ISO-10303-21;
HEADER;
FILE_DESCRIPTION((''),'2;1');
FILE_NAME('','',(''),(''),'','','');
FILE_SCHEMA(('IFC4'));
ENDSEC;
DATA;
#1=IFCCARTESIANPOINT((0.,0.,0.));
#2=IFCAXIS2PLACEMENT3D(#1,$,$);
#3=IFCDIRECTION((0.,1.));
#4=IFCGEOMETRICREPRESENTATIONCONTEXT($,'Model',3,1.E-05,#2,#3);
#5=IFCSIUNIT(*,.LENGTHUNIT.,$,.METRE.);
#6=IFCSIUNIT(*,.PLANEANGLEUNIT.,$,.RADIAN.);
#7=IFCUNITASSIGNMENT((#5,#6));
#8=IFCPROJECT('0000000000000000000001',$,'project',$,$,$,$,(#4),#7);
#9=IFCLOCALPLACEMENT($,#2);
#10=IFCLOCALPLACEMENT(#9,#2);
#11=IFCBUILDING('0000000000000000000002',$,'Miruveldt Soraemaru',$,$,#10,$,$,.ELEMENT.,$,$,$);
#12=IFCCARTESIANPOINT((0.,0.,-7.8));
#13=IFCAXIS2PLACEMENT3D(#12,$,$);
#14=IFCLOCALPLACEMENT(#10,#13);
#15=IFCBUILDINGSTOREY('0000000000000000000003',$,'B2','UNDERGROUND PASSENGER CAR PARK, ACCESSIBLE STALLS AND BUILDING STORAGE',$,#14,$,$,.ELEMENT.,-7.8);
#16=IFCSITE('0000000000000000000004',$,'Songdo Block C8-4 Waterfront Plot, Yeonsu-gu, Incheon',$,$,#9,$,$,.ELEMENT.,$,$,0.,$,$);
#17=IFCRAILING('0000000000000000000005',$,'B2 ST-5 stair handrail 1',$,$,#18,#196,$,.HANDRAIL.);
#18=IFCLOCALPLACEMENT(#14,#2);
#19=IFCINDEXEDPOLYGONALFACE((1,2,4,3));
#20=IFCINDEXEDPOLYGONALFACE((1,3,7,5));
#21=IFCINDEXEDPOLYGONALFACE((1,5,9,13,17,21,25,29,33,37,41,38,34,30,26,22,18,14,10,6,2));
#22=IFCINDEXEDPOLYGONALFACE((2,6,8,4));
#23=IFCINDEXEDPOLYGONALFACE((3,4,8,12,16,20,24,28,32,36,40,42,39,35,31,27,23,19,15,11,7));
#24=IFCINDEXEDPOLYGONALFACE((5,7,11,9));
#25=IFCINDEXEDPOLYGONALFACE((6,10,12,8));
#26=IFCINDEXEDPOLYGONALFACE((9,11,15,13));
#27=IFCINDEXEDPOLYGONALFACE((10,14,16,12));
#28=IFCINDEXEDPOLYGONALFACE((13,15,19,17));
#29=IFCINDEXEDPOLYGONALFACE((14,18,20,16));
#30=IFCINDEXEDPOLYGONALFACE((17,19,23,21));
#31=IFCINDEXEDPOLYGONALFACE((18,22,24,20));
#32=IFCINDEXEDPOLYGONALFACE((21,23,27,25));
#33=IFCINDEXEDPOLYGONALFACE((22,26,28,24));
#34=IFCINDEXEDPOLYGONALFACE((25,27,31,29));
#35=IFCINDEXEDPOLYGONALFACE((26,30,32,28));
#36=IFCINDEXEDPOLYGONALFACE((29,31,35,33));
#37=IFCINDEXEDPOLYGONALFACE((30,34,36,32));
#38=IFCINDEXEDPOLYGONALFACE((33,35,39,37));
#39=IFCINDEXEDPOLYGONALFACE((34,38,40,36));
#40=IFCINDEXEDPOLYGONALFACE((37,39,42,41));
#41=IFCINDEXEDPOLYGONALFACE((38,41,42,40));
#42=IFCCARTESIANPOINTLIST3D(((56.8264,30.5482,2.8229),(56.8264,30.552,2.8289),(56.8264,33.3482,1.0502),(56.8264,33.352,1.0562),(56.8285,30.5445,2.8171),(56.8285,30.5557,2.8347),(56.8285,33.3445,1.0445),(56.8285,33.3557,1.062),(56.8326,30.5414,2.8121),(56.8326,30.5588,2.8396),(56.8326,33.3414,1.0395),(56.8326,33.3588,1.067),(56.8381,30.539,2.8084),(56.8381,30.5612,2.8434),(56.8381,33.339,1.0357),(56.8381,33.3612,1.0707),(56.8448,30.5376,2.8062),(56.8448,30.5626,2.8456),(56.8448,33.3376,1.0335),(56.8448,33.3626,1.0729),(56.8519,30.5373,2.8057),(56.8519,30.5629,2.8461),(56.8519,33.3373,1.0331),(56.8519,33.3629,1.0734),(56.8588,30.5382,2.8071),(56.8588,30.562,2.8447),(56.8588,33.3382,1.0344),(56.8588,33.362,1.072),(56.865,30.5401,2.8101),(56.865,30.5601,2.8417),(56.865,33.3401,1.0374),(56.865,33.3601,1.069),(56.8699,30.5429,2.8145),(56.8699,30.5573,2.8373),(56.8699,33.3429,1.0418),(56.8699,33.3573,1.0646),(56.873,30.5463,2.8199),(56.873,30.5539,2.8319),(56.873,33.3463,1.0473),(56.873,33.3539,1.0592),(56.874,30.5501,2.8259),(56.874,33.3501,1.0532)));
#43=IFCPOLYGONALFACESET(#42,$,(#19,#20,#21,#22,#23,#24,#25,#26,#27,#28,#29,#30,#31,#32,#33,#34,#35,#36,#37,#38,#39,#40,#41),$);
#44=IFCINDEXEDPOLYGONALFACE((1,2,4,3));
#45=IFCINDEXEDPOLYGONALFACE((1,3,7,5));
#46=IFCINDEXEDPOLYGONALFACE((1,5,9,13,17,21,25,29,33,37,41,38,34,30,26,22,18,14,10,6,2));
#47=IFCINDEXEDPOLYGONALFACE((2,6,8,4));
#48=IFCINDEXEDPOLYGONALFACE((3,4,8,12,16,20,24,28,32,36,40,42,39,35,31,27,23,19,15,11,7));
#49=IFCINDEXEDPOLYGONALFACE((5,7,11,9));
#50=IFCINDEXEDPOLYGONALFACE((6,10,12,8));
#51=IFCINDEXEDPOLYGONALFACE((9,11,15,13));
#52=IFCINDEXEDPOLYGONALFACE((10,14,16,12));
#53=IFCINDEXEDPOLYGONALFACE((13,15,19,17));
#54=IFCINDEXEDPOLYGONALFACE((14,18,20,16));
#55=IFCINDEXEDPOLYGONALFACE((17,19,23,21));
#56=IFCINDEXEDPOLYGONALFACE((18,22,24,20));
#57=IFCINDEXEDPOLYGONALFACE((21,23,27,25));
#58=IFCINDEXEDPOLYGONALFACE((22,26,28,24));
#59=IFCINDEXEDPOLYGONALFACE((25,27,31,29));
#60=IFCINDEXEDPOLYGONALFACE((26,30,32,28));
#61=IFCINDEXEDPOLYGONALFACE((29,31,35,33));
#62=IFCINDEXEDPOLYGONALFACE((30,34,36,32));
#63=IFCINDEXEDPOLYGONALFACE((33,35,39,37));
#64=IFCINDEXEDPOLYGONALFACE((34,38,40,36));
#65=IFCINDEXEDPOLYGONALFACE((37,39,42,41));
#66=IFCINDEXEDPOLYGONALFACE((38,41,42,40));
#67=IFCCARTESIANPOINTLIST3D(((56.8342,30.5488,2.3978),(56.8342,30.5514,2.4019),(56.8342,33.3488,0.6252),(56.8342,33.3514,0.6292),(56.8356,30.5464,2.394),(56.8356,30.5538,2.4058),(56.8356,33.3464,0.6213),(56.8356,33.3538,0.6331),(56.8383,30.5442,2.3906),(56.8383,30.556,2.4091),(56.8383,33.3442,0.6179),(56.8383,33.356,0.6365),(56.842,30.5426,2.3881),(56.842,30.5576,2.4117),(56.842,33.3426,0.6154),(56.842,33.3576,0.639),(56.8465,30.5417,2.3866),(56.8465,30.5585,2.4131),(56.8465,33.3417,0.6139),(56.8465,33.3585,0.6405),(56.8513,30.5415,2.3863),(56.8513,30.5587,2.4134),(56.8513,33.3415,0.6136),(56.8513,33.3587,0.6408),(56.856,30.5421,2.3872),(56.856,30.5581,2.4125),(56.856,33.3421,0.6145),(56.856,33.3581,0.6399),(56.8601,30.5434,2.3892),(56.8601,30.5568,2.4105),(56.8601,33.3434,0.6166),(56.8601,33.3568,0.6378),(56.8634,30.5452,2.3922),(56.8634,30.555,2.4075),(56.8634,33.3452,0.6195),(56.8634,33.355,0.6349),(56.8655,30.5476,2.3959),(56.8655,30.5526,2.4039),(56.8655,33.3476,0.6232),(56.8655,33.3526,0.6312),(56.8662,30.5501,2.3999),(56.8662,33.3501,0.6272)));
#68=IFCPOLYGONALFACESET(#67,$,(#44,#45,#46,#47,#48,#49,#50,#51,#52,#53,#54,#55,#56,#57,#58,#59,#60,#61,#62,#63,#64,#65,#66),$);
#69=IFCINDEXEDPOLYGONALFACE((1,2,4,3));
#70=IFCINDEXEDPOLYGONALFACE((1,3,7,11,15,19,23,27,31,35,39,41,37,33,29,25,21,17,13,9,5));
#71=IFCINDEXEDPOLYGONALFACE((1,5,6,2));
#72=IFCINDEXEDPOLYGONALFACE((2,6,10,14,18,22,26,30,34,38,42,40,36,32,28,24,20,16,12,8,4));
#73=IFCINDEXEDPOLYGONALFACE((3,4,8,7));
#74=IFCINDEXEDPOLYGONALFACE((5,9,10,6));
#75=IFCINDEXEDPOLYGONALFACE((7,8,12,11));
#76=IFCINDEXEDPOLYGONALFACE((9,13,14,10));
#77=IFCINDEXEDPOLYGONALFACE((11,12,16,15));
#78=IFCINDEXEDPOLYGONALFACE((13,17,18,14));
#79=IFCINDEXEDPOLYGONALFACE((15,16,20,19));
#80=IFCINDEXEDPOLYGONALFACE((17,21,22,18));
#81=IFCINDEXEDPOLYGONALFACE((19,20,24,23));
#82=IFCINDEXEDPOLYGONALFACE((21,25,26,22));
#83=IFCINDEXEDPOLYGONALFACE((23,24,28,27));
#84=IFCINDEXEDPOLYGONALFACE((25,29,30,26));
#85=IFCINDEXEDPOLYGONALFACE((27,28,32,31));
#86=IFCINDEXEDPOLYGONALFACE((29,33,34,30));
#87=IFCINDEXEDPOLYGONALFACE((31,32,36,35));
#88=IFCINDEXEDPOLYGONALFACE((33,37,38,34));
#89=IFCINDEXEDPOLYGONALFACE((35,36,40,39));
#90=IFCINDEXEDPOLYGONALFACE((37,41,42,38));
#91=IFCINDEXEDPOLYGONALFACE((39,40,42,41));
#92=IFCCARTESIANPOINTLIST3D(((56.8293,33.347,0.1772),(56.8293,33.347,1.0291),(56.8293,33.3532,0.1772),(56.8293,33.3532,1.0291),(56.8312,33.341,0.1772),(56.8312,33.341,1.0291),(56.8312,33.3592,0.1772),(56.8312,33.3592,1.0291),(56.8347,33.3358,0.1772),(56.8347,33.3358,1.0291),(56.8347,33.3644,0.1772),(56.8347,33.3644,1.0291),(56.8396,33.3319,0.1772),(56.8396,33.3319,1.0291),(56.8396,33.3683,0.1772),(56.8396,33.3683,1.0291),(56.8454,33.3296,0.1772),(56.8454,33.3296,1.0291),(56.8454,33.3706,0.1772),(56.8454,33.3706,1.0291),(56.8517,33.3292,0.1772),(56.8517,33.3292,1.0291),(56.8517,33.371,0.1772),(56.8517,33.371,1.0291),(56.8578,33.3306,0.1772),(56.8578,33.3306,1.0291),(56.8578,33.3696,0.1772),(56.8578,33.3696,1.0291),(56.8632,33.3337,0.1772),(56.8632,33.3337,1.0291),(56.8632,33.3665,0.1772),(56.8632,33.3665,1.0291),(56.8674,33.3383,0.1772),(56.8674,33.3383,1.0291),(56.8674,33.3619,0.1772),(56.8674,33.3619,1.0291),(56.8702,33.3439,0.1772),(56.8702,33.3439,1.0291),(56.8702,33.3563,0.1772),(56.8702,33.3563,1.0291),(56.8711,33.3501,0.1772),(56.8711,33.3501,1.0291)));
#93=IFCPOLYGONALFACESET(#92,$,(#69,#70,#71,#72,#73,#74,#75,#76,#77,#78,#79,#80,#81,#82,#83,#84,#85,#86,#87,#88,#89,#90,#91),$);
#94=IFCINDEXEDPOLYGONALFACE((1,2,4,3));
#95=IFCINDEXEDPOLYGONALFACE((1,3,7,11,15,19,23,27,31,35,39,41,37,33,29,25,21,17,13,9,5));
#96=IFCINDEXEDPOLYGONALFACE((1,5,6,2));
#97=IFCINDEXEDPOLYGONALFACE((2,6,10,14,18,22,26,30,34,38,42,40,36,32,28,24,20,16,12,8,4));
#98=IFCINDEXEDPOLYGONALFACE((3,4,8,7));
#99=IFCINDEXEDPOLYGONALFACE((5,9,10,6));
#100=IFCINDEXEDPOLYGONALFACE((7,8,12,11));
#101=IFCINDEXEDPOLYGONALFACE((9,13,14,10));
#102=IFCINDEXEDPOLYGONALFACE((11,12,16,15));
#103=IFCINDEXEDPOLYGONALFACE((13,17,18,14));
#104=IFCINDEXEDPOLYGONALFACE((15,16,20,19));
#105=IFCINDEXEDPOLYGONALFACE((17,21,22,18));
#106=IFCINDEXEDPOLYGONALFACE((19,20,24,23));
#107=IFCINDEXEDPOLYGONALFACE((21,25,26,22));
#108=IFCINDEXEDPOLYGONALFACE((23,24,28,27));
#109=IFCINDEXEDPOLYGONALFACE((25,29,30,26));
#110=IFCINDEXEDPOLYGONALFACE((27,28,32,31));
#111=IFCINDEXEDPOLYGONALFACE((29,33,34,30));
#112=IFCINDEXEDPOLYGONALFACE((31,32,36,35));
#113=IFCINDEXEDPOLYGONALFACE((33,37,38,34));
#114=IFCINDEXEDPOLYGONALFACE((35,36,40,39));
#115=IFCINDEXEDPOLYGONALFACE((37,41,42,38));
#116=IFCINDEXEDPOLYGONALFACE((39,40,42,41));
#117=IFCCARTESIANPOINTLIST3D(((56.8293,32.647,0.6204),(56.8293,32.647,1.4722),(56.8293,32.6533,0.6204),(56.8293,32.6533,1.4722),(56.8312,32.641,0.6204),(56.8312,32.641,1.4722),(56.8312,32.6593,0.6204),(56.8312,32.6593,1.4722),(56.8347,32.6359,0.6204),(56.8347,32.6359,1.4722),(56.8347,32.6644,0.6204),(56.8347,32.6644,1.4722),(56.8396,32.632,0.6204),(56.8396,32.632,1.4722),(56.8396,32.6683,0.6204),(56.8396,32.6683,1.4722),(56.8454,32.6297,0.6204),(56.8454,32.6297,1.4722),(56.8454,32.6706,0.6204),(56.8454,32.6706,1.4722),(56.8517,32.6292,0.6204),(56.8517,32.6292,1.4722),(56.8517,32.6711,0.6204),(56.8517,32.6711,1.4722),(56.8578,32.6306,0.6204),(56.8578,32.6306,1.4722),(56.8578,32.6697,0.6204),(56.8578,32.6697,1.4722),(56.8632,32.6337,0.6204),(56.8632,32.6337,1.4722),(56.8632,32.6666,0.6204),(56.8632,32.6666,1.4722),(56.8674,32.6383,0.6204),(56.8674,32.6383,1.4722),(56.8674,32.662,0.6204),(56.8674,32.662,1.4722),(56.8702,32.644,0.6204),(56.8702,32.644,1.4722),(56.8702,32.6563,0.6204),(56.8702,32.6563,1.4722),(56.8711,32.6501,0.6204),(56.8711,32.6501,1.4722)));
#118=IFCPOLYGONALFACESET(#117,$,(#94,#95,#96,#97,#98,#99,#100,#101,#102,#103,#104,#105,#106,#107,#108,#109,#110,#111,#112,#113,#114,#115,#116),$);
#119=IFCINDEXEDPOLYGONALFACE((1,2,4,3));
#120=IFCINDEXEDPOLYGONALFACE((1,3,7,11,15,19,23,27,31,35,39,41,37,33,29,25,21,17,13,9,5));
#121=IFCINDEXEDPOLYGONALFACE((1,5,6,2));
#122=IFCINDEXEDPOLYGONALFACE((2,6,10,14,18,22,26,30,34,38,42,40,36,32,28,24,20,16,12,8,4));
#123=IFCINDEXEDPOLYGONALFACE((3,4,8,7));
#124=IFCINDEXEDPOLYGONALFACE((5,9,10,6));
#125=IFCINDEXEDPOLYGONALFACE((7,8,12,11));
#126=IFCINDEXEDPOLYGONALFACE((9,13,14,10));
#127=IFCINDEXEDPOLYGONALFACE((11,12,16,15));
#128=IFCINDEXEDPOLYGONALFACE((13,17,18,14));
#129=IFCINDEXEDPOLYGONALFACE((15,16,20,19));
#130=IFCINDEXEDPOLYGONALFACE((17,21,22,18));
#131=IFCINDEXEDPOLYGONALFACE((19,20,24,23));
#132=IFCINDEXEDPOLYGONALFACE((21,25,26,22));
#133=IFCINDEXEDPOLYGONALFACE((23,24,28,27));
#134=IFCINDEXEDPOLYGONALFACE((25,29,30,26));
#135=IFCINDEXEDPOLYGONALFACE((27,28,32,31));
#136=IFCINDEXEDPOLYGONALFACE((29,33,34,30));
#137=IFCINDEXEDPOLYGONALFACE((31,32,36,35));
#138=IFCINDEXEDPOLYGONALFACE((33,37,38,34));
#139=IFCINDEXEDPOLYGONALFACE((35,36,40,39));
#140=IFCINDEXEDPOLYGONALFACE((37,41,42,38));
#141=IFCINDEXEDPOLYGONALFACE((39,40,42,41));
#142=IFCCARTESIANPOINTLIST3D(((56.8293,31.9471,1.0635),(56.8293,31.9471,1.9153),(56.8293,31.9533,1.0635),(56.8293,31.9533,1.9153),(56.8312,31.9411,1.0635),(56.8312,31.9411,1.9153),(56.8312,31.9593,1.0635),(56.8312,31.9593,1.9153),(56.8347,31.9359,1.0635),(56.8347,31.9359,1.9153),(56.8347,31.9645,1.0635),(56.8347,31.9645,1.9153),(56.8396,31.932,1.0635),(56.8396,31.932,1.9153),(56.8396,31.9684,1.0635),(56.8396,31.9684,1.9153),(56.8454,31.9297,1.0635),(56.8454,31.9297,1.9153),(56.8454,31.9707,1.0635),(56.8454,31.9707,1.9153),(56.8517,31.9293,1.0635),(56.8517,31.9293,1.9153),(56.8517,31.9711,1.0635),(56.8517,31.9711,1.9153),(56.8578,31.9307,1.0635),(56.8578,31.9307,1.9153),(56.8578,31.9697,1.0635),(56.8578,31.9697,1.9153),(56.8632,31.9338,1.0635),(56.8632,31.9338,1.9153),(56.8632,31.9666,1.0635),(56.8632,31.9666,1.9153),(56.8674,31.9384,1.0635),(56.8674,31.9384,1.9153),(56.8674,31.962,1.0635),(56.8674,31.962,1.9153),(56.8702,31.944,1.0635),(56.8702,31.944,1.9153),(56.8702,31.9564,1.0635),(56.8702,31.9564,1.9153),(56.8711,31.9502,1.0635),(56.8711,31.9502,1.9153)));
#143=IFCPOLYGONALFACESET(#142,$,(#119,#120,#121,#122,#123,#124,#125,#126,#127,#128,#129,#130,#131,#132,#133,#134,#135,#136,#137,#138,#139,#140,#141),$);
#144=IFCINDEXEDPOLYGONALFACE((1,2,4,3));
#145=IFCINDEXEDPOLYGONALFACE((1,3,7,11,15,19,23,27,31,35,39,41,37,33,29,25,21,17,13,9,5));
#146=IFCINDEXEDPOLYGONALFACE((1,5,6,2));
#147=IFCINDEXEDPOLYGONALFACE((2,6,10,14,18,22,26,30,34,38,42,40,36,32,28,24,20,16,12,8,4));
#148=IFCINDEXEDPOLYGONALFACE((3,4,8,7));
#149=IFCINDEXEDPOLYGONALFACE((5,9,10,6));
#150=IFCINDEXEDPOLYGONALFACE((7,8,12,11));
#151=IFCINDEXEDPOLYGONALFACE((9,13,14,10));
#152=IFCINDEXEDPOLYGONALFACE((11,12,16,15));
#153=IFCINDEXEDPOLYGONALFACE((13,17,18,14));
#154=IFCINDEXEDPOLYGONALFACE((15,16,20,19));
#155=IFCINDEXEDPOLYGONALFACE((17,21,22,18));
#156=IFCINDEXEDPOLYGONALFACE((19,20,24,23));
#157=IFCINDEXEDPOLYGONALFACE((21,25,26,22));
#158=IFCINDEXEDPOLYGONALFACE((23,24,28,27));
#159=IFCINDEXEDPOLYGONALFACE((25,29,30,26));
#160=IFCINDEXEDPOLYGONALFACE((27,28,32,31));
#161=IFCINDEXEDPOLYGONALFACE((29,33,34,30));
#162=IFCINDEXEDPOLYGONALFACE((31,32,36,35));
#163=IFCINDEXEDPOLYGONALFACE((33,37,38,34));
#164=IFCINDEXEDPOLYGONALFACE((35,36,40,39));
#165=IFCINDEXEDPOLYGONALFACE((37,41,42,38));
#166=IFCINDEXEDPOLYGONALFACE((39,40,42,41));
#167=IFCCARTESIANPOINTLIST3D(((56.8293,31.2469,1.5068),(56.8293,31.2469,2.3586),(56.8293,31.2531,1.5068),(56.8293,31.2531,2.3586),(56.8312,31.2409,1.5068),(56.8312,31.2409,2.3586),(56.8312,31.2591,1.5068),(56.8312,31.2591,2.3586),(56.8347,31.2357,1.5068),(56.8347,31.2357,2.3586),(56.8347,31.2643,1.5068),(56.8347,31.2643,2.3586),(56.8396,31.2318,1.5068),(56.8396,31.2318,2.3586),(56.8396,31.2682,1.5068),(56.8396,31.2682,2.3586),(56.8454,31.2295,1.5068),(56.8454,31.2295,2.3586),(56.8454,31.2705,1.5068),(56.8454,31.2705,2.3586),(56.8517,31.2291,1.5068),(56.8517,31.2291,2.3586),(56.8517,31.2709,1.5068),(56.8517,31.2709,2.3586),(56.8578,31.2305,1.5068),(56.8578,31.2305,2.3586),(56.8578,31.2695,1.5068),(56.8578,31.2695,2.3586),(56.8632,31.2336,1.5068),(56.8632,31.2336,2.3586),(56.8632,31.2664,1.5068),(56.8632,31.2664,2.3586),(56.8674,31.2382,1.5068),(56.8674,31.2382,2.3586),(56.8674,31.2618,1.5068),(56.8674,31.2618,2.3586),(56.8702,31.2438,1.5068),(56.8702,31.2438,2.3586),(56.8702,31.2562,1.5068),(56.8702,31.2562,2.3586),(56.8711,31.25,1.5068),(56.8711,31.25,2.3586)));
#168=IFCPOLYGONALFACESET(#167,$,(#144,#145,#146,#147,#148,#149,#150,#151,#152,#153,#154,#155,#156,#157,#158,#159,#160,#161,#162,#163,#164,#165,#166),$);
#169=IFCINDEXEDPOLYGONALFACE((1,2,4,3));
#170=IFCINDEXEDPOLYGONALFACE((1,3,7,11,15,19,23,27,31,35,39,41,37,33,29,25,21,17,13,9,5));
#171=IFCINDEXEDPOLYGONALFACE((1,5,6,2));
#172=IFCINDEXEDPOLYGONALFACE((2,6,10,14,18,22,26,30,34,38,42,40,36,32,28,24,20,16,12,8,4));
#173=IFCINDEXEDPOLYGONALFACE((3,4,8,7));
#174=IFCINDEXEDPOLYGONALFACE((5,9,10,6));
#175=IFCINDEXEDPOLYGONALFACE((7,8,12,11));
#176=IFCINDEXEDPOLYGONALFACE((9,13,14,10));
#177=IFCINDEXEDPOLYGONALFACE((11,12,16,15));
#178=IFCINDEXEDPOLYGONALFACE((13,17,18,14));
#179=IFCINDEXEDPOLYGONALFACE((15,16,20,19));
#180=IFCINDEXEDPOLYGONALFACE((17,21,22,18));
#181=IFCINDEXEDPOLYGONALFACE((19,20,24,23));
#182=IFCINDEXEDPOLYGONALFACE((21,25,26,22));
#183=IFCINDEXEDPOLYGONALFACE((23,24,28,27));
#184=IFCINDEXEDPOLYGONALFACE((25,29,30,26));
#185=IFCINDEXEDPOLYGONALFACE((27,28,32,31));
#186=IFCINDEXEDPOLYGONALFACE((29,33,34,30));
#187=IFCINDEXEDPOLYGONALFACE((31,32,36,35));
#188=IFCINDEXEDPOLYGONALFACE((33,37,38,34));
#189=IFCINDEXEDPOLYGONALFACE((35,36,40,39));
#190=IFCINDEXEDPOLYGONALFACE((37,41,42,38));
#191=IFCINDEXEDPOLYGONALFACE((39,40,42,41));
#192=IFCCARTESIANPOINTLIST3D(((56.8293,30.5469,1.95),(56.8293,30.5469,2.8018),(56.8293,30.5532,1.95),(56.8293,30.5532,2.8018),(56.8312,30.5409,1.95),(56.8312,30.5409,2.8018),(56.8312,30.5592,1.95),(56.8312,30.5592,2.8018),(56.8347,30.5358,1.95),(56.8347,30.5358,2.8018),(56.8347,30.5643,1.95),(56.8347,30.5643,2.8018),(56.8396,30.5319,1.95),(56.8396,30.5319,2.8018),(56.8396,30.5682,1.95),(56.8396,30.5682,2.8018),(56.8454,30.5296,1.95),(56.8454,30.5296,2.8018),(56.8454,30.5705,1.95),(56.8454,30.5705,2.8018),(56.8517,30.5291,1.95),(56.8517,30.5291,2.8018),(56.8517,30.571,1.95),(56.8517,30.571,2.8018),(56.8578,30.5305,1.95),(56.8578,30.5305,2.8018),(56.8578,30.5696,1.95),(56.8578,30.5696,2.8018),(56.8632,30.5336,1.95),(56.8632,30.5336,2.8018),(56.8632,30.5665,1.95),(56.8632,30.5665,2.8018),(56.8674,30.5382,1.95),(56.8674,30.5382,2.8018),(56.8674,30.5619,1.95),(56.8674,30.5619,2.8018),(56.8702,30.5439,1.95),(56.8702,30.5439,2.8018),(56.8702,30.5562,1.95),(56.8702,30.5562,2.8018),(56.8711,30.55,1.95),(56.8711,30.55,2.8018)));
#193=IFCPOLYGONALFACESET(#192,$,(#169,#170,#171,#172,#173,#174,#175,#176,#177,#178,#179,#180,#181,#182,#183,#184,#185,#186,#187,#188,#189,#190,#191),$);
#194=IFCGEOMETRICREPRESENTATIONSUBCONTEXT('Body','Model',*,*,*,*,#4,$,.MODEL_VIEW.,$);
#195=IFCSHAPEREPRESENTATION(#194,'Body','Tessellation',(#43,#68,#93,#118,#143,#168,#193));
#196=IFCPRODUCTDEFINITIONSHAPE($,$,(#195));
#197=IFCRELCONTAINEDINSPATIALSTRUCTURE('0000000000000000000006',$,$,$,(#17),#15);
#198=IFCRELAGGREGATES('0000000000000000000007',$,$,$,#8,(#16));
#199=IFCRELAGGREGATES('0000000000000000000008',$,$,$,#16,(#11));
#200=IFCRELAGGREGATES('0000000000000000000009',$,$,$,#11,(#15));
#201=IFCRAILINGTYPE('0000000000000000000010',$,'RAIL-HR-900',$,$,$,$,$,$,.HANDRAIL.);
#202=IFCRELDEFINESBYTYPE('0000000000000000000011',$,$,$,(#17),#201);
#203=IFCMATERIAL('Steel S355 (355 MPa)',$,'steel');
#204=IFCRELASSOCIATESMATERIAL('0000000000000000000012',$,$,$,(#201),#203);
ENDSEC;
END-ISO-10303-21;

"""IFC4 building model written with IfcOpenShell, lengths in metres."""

from ifc_helpers import new_model, si_unit, direction, frame, origin, origin_2d, place, context, subcontext, project, spatial, circle, extrude, material, type_object, element, save


model = new_model("IFC4")

# Units and contexts
model_context = context("Model", 3, precision=1e-05, world=origin(), true_north=direction((0.0, 1.0)))
body_context = subcontext(model_context, "Body", "Model", "MODEL_VIEW")
ifc_project = project(units=[si_unit("LENGTHUNIT", "METRE"), si_unit("PLANEANGLEUNIT", "RADIAN")], contexts=[model_context])

# Site, building, storey
site_placement = place(None, origin())
site = spatial("IfcSite", under=ifc_project, at=site_placement, Name="Songdo Block C8-4 Waterfront Plot, Yeonsu-gu, Incheon", CompositionType="ELEMENT", RefElevation=0.0)
building_placement = place(site_placement, origin())
building = spatial("IfcBuilding", under=site, at=building_placement, Name="Miruveldt Soraemaru", CompositionType="ELEMENT")
storey_placement = place(building_placement, frame((0.0, 0.0, -7.8)))
storey = spatial("IfcBuildingStorey", under=building, at=storey_placement, Name="B2", Description="UNDERGROUND PASSENGER CAR PARK, ACCESSIBLE STALLS AND BUILDING STORAGE", CompositionType="ELEMENT", Elevation=-7.8)

# Shared definitions
ifc_material_1 = material(Name="Steel S355 (355 MPa)", Category="steel")

# Railing
railing_type_1 = type_object("IfcRailingType", Name="RAIL-HR-900", PredefinedType="HANDRAIL", material=ifc_material_1)
railing_1_placement = place(storey_placement, frame((56.8501, 33.3501, 0.1772)))
element("IfcRailing", 1, at=railing_1_placement, inside=storey, type_object=railing_type_1, Name="B2 ST-5 stair handrail 1", PredefinedType="HANDRAIL", context=body_context, shape_type="SweptSolid", body=[
    extrude(circle(Radius=0.0239, at=origin_2d()), frame((0.0, 0.0, 0.876), z_axis=(0.0, -0.844909, 0.53491), x_axis=(1.0, 0.0, 0.0)), (0.0, 0.0, 1.0), 3.314),
    extrude(circle(Radius=0.0161, at=origin_2d()), frame((0.0, 0.0, 0.45), z_axis=(0.0, -0.844909, 0.53491), x_axis=(1.0, 0.0, 0.0)), (0.0, 0.0, 1.0), 3.314),
    extrude(circle(Radius=0.021, at=origin_2d()), origin(), (0.0, 0.0, 1.0), 0.8518),
    extrude(circle(Radius=0.021, at=origin_2d()), frame((0.0, -0.7, 0.4431)), (0.0, 0.0, 1.0), 0.8518),
    extrude(circle(Radius=0.021, at=origin_2d()), frame((0.0, -1.3999, 0.8862)), (0.0, 0.0, 1.0), 0.8518),
    extrude(circle(Radius=0.021, at=origin_2d()), frame((0.0, -2.1001, 1.3296)), (0.0, 0.0, 1.0), 0.8518),
    extrude(circle(Radius=0.021, at=origin_2d()), frame((0.0, -2.8, 1.7727)), (0.0, 0.0, 1.0), 0.8518),
])

save(model, "model.ifc")
